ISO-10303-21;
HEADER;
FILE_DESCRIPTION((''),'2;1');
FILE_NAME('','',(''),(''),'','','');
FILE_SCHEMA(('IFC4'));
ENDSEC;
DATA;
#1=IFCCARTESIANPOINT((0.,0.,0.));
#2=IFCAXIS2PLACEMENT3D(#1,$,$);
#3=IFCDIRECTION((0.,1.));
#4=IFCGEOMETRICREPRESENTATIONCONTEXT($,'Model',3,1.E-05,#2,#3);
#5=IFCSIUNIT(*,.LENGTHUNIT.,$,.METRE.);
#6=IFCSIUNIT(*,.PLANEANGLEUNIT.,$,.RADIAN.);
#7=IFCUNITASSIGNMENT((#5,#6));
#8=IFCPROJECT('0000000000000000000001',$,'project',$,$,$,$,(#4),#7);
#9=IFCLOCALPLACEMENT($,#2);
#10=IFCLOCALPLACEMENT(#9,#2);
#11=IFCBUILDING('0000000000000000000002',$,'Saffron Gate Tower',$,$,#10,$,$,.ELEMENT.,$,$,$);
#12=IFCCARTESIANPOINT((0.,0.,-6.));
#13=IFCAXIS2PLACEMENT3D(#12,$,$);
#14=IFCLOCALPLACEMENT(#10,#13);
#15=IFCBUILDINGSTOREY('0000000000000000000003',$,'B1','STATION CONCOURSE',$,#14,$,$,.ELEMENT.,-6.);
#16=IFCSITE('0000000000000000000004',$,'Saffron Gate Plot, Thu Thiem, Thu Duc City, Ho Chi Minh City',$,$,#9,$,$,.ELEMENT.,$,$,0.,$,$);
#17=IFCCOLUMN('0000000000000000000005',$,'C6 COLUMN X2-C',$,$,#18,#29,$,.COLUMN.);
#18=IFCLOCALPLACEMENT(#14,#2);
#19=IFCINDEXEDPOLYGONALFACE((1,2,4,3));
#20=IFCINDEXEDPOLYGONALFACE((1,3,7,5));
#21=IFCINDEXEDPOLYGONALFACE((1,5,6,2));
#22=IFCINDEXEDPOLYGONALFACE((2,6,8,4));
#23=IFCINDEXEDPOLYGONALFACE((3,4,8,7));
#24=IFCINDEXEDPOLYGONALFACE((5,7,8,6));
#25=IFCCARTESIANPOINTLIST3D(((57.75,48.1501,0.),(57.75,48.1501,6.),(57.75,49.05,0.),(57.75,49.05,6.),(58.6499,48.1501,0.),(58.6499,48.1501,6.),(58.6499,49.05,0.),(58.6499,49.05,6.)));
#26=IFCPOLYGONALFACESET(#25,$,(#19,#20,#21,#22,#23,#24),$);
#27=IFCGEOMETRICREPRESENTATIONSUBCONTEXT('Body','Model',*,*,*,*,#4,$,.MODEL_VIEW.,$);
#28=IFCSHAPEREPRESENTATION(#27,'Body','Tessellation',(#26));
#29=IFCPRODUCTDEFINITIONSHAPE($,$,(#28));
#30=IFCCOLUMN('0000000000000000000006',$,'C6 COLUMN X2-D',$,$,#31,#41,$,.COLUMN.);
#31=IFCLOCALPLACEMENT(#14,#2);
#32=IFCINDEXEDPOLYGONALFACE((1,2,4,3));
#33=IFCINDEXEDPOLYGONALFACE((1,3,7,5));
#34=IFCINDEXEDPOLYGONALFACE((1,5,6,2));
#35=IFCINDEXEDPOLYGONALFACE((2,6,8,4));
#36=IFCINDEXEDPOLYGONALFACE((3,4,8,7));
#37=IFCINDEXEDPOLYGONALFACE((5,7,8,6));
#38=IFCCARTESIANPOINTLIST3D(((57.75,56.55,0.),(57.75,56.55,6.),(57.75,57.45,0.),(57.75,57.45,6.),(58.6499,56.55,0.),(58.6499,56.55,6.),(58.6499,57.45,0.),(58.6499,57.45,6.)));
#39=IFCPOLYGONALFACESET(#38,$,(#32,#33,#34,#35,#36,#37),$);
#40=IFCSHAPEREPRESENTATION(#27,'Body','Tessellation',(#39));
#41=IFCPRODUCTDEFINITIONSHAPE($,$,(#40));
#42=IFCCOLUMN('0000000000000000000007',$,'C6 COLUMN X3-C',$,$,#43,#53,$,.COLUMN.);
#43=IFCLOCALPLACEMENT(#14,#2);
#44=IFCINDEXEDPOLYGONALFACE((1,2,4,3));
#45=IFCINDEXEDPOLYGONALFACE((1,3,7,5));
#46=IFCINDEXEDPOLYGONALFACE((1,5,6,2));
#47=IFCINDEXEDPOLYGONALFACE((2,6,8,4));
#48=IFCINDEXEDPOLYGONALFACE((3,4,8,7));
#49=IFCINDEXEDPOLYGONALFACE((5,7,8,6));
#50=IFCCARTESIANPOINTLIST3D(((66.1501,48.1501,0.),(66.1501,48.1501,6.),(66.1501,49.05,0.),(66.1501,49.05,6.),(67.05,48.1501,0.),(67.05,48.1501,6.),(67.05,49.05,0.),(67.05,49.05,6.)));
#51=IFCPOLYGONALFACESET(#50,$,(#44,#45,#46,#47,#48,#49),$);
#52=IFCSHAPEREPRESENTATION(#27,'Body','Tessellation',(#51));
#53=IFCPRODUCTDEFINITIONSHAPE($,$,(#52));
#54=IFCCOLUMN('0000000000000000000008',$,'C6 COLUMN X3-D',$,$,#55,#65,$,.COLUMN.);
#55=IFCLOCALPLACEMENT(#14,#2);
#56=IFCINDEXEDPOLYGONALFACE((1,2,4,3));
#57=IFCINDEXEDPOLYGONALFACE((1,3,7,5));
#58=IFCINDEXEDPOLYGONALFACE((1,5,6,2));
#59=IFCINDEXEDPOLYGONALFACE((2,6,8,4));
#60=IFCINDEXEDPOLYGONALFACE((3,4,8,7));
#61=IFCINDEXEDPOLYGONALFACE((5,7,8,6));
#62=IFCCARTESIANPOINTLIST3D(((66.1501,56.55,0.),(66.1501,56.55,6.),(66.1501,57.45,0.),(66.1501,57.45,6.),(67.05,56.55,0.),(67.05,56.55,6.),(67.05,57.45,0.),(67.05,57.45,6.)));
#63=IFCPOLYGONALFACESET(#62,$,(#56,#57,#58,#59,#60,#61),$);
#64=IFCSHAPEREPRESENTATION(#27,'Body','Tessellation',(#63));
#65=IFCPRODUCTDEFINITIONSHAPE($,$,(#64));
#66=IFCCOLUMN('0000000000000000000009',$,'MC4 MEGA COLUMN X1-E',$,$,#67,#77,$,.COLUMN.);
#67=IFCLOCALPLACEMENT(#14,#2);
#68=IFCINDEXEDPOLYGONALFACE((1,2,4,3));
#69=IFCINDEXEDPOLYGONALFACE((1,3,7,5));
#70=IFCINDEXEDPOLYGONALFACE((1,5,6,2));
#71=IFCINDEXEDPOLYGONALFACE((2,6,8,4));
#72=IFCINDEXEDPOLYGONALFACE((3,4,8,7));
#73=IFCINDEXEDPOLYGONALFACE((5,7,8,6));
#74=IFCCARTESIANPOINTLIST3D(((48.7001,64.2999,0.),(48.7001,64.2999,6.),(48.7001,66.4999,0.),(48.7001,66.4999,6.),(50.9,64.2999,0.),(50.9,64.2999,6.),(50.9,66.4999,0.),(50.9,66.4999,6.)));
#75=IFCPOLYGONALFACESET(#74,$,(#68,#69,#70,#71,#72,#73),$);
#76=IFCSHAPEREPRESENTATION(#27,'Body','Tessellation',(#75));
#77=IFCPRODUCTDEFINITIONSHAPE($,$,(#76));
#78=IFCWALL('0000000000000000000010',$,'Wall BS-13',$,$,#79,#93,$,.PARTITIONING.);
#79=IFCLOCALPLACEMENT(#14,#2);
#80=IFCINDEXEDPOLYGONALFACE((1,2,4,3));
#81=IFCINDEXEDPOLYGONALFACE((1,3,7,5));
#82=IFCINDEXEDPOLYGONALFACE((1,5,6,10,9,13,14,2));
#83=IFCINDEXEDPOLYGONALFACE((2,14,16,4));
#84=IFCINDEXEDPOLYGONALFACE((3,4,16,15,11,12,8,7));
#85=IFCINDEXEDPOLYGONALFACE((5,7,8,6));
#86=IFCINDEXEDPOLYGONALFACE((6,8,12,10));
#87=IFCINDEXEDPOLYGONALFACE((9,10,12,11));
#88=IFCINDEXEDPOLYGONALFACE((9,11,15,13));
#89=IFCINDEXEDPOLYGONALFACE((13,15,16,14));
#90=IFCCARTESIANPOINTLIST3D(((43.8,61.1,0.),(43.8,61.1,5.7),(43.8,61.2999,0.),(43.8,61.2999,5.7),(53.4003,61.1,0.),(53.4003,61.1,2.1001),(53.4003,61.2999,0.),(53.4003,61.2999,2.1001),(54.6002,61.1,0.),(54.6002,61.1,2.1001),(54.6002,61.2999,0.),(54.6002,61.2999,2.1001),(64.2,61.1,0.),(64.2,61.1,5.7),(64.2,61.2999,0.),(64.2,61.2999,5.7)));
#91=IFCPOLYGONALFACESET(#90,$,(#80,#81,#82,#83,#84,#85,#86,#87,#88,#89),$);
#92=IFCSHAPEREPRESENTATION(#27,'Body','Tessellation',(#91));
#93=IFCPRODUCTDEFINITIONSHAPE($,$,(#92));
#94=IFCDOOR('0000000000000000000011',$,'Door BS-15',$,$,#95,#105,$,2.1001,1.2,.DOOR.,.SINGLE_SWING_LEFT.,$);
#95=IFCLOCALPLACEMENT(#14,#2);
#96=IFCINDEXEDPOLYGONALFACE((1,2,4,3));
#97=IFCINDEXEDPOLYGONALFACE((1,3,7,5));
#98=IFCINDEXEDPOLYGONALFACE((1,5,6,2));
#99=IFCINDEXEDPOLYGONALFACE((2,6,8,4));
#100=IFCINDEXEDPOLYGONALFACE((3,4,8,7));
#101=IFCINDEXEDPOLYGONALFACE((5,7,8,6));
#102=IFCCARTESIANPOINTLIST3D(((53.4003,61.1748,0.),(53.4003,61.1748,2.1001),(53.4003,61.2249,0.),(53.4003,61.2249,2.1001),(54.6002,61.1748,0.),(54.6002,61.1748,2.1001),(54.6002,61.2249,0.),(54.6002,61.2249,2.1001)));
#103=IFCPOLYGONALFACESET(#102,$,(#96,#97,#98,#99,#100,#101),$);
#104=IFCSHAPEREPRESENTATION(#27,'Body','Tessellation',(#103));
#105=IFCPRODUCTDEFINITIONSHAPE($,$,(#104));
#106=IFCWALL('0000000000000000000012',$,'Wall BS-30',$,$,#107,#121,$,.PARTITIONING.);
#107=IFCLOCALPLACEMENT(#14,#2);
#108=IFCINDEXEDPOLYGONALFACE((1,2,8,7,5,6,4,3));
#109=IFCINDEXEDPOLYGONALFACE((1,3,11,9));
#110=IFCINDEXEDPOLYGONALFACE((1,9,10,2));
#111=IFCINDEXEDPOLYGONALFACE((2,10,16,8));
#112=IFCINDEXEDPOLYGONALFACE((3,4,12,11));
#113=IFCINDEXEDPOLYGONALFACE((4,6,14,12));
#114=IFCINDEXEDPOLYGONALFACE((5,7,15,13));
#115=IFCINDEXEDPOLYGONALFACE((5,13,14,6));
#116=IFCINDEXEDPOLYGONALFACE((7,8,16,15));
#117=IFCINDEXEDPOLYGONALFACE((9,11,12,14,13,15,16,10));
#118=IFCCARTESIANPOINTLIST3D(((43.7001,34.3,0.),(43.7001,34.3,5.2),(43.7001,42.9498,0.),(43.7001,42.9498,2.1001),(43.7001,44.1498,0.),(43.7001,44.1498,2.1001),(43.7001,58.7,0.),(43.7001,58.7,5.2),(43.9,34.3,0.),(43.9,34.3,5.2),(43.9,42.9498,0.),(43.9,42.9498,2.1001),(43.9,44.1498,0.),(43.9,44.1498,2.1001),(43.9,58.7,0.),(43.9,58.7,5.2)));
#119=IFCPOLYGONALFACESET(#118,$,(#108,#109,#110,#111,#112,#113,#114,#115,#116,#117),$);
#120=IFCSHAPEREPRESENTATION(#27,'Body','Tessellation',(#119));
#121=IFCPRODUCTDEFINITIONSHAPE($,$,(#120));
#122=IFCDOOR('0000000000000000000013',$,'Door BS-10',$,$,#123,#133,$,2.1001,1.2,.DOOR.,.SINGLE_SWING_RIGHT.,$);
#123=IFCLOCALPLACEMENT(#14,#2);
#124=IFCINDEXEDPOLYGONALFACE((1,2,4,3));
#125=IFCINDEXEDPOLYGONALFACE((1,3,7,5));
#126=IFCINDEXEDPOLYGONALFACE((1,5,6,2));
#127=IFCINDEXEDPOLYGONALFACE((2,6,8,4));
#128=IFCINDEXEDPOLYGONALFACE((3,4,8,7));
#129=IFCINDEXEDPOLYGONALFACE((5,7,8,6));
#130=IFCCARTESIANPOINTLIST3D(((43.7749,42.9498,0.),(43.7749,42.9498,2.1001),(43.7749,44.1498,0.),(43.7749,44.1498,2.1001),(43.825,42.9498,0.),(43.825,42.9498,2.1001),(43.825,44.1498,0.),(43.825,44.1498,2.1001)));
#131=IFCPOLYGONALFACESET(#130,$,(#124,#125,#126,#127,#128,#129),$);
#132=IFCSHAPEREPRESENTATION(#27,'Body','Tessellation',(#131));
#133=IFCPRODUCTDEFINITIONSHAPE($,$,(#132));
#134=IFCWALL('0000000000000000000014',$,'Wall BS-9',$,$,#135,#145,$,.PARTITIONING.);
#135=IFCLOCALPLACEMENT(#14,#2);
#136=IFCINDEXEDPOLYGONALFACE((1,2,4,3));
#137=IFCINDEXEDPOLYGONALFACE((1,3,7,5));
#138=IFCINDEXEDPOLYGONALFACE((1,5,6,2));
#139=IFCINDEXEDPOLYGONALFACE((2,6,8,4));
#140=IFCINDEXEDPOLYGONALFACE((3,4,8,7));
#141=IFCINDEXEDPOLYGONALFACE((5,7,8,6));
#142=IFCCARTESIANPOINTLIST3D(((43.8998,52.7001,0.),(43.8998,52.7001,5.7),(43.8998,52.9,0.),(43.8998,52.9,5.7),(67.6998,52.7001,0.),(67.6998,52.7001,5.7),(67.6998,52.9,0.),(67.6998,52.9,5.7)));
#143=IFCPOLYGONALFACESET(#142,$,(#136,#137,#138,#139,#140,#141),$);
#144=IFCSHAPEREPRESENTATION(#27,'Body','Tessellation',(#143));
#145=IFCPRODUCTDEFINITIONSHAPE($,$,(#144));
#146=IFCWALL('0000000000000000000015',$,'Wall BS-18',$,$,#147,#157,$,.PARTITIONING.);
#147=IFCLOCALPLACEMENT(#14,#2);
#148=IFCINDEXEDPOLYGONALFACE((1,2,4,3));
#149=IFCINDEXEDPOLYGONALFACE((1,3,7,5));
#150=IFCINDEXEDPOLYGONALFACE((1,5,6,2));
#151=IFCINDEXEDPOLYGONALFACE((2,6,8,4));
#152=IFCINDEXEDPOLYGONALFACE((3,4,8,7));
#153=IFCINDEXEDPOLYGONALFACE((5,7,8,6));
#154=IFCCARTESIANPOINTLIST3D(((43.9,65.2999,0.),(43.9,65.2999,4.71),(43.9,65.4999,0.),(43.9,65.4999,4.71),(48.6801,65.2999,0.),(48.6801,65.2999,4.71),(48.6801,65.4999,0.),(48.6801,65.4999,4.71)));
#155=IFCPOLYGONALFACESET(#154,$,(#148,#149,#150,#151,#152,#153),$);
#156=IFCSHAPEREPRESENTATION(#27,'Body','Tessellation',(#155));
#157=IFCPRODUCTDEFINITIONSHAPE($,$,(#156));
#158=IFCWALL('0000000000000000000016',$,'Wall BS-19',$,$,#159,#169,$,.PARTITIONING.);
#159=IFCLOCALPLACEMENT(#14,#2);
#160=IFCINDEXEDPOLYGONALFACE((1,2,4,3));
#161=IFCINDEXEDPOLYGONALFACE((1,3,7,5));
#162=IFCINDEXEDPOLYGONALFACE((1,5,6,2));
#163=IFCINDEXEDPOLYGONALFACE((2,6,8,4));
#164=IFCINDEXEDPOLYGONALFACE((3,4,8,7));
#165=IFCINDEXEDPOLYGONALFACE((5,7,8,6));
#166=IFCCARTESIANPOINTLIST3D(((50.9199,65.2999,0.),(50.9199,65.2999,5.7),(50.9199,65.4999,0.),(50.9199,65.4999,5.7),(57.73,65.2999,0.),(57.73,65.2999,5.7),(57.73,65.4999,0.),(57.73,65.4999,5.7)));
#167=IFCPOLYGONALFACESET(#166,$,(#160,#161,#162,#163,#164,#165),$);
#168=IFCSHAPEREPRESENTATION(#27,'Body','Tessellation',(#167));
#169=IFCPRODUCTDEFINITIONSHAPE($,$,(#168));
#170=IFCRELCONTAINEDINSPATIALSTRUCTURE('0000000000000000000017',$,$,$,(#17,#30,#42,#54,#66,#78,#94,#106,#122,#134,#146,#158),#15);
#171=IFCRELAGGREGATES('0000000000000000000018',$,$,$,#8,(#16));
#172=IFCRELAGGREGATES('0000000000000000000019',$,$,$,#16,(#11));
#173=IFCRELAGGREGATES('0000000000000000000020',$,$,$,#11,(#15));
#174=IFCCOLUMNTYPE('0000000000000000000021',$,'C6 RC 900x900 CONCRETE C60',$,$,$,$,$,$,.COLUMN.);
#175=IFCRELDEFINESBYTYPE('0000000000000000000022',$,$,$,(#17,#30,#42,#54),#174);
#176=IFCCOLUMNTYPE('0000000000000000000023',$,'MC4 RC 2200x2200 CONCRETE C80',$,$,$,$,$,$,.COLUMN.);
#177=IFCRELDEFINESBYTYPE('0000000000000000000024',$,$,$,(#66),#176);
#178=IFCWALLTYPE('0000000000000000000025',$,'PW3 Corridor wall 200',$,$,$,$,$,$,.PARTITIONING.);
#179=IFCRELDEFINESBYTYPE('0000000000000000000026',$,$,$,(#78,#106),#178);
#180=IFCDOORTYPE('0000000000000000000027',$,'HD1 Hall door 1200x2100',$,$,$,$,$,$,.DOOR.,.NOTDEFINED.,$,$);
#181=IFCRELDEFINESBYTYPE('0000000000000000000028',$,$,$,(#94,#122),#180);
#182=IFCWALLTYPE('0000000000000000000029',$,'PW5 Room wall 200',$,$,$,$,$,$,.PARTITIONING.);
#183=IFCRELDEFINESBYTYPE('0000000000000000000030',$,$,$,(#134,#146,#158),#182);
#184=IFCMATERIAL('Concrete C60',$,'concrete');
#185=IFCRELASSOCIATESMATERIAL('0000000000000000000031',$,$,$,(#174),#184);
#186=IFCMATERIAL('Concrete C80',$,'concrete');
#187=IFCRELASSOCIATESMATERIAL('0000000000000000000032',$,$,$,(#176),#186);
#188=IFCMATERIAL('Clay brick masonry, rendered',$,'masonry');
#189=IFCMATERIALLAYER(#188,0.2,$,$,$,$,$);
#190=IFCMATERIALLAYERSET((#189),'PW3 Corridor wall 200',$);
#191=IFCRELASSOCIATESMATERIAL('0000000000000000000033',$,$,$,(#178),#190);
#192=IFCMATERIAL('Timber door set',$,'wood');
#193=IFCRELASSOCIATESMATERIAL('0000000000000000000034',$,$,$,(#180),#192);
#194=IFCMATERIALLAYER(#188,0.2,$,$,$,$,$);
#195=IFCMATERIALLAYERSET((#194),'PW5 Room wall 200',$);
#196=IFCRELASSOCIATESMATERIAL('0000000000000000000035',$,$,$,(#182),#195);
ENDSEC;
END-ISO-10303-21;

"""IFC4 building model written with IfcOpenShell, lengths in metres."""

from ifc_helpers import new_model, si_unit, direction, frame, frame_2d, origin, origin_2d, place, context, subcontext, project, spatial, rectangle, extrude, material, layer, layer_set, material_profile, profile_set, type_object, element, fill, save


model = new_model("IFC4")

# Units and contexts
model_context = context("Model", 3, precision=1e-05, world=origin(), true_north=direction((0.0, 1.0)))
body_context = subcontext(model_context, "Body", "Model", "MODEL_VIEW")
ifc_project = project(units=[si_unit("LENGTHUNIT", "METRE"), si_unit("PLANEANGLEUNIT", "RADIAN")], contexts=[model_context])

# Site, building, storey
site_placement = place(None, origin())
site = spatial("IfcSite", under=ifc_project, at=site_placement, Name="Saffron Gate Plot, Thu Thiem, Thu Duc City, Ho Chi Minh City", CompositionType="ELEMENT", RefElevation=0.0)
building_placement = place(site_placement, origin())
building = spatial("IfcBuilding", under=site, at=building_placement, Name="Saffron Gate Tower", CompositionType="ELEMENT")
storey_placement = place(building_placement, frame((0.0, 0.0, -6.0)))
storey = spatial("IfcBuildingStorey", under=building, at=storey_placement, Name="B1", Description="STATION CONCOURSE", CompositionType="ELEMENT", Elevation=-6.0)

# Columns
ifc_material_1 = material(Name="Concrete C60", Category="concrete")
ifc_material_profile_1 = material_profile(ifc_material_1, rectangle(XDim=0.8999, YDim=0.8999, at=origin_2d()))
ifc_profile_set_1 = profile_set([ifc_material_profile_1], Name="Concrete C60")
column_type_1 = type_object("IfcColumnType", Name="C6 RC 900x900 CONCRETE C60", PredefinedType="COLUMN", material=ifc_profile_set_1)
for number, where, z_axis, x_axis, name in (
    (1, (58.2, 48.6001, 0.0), (0.0, 0.0, 1.0), (1.0, 0.0, 0.0), "C6 COLUMN X2-C"),
    (2, (58.2, 57.0, 0.0), (0.0, 0.0, 1.0), (1.0, 0.0, 0.0), "C6 COLUMN X2-D"),
    (3, (66.6001, 48.6001, 0.0), (0.0, 0.0, 1.0), (1.0, 0.0, 0.0), "C6 COLUMN X3-C"),
    (4, (66.6001, 57.0, 0.0), (0.0, 0.0, 1.0), (1.0, 0.0, 0.0), "C6 COLUMN X3-D"),
):
    element("IfcColumn", number, at=place(storey_placement, frame(where, z_axis=z_axis, x_axis=x_axis)), inside=storey, type_object=column_type_1, Name=name, PredefinedType="COLUMN", context=body_context, shape_type="SweptSolid", body=[
        extrude(rectangle(XDim=0.8999, YDim=0.8999, at=origin_2d()), origin(), (0.0, 0.0, 1.0), 6.0),
    ])
ifc_material_2 = material(Name="Concrete C80", Category="concrete")
ifc_material_profile_2 = material_profile(ifc_material_2, rectangle(XDim=2.2, YDim=2.2, at=origin_2d()))
ifc_profile_set_2 = profile_set([ifc_material_profile_2], Name="Concrete C80")
column_type_2 = type_object("IfcColumnType", Name="MC4 RC 2200x2200 CONCRETE C80", PredefinedType="COLUMN", material=ifc_profile_set_2)
column_placement = place(storey_placement, frame((49.8, 65.3999, 0.0), z_axis=(0.0, 0.0, 1.0), x_axis=(1.0, 0.0, 0.0)))
element("IfcColumn", 5, at=column_placement, inside=storey, type_object=column_type_2, Name="MC4 MEGA COLUMN X1-E", PredefinedType="COLUMN", context=body_context, shape_type="SweptSolid", body=[
    extrude(rectangle(XDim=2.2, YDim=2.2, at=origin_2d()), origin(), (0.0, 0.0, 1.0), 6.0),
])

# Walls, openings, doors
ifc_material_3 = material(Name="Clay brick masonry, rendered", Category="masonry")
ifc_layer_1 = layer(ifc_material_3, 0.2)
ifc_layer_set_1 = layer_set([ifc_layer_1], Name="PW3 Corridor wall 200")
wall_type_1 = type_object("IfcWallType", Name="PW3 Corridor wall 200", PredefinedType="PARTITIONING", material=ifc_layer_set_1)
wall_1_placement = place(storey_placement, frame((43.8, 61.2, 0.0), z_axis=(0.0, 0.0, 1.0), x_axis=(1.0, 0.0, 0.0)))
wall_1 = element("IfcWall", 6, at=wall_1_placement, inside=storey, type_object=wall_type_1, Name="Wall BS-13", PredefinedType="PARTITIONING", context=body_context, shape_type="SweptSolid", body=[
    extrude(rectangle(XDim=20.3999, YDim=0.2, at=frame_2d((10.2, 0.0))), origin(), (0.0, 0.0, 1.0), 5.7),
])
opening_1_placement = place(wall_1_placement, frame((9.6001, 0.0, 0.0)))
opening_1 = element("IfcOpeningElement", 7, at=opening_1_placement, cuts=wall_1, PredefinedType="OPENING", context=body_context, shape_type="SweptSolid", body=[
    extrude(rectangle(XDim=1.2, YDim=2.1001, at=frame_2d((0.6001, 1.05))), frame((0.0, 0.1099, 0.0), z_axis=(0.0, -1.0, 0.0), x_axis=(1.0, 0.0, 0.0)), (0.0, 0.0, 1.0), 0.22),
])
ifc_material_4 = material(Name="Timber door set", Category="wood")
door_type = type_object("IfcDoorType", Name="HD1 Hall door 1200x2100", OperationType="NOTDEFINED", PredefinedType="DOOR", material=ifc_material_4)
door_1_placement = place(opening_1_placement, origin())
door_1 = element("IfcDoor", 8, at=door_1_placement, inside=storey, type_object=door_type, Name="Door BS-15", OperationType="SINGLE_SWING_LEFT", OverallHeight=2.1001, OverallWidth=1.2, PredefinedType="DOOR", context=body_context, shape_type="SweptSolid", body=[
    extrude(rectangle(XDim=1.2, YDim=2.1001, at=frame_2d((0.6001, 1.05))), frame((0.0, 0.0249, 0.0), z_axis=(0.0, -1.0, 0.0), x_axis=(1.0, 0.0, 0.0)), (0.0, 0.0, 1.0), 0.05),
])
fill(opening_1, door_1)
wall_2_placement = place(storey_placement, frame((43.8, 58.7, 0.0), z_axis=(0.0, 0.0, 1.0), x_axis=(0.0, -1.0, 0.0)))
wall_2 = element("IfcWall", 9, at=wall_2_placement, inside=storey, type_object=wall_type_1, Name="Wall BS-30", PredefinedType="PARTITIONING", context=body_context, shape_type="SweptSolid", body=[
    extrude(rectangle(XDim=24.3999, YDim=0.2, at=frame_2d((12.2, 0.0))), origin(), (0.0, 0.0, 1.0), 5.2),
])
opening_2_placement = place(wall_2_placement, frame((14.55, 0.0, 0.0)))
opening_2 = element("IfcOpeningElement", 10, at=opening_2_placement, cuts=wall_2, PredefinedType="OPENING", context=body_context, shape_type="SweptSolid", body=[
    extrude(rectangle(XDim=1.2, YDim=2.1001, at=frame_2d((0.6001, 1.05))), frame((0.0, 0.1099, 0.0), z_axis=(0.0, -1.0, 0.0), x_axis=(1.0, 0.0, 0.0)), (0.0, 0.0, 1.0), 0.22),
])
door_2_placement = place(opening_2_placement, origin())
door_2 = element("IfcDoor", 11, at=door_2_placement, inside=storey, type_object=door_type, Name="Door BS-10", OperationType="SINGLE_SWING_RIGHT", OverallHeight=2.1001, OverallWidth=1.2, PredefinedType="DOOR", context=body_context, shape_type="SweptSolid", body=[
    extrude(rectangle(XDim=1.2, YDim=2.1001, at=frame_2d((0.6001, 1.05))), frame((0.0, 0.0249, 0.0), z_axis=(0.0, -1.0, 0.0), x_axis=(1.0, 0.0, 0.0)), (0.0, 0.0, 1.0), 0.05),
])
fill(opening_2, door_2)

# Walls
ifc_layer_2 = layer(ifc_material_3, 0.2)
ifc_layer_set_2 = layer_set([ifc_layer_2], Name="PW5 Room wall 200")
wall_type_2 = type_object("IfcWallType", Name="PW5 Room wall 200", PredefinedType="PARTITIONING", material=ifc_layer_set_2)
wall_3_placement = place(storey_placement, frame((43.8999, 52.8, 0.0), z_axis=(0.0, 0.0, 1.0), x_axis=(1.0, 0.0, 0.0)))
element("IfcWall", 12, at=wall_3_placement, inside=storey, type_object=wall_type_2, Name="Wall BS-9", PredefinedType="PARTITIONING", context=body_context, shape_type="SweptSolid", body=[
    extrude(rectangle(XDim=23.8, YDim=0.2, at=frame_2d((11.8999, 0.0))), origin(), (0.0, 0.0, 1.0), 5.7),
])
wall_4_placement = place(storey_placement, frame((43.8999, 65.3999, 0.0), z_axis=(0.0, 0.0, 1.0), x_axis=(1.0, 0.0, 0.0)))
element("IfcWall", 13, at=wall_4_placement, inside=storey, type_object=wall_type_2, Name="Wall BS-18", PredefinedType="PARTITIONING", context=body_context, shape_type="SweptSolid", body=[
    extrude(rectangle(XDim=4.78, YDim=0.2, at=frame_2d((2.3901, 0.0))), origin(), (0.0, 0.0, 1.0), 4.71),
])
wall_5_placement = place(storey_placement, frame((50.9199, 65.3999, 0.0), z_axis=(0.0, 0.0, 1.0), x_axis=(1.0, 0.0, 0.0)))
element("IfcWall", 14, at=wall_5_placement, inside=storey, type_object=wall_type_2, Name="Wall BS-19", PredefinedType="PARTITIONING", context=body_context, shape_type="SweptSolid", body=[
    extrude(rectangle(XDim=6.8101, YDim=0.2, at=frame_2d((3.405, 0.0))), origin(), (0.0, 0.0, 1.0), 5.7),
])

save(model, "model.ifc")
